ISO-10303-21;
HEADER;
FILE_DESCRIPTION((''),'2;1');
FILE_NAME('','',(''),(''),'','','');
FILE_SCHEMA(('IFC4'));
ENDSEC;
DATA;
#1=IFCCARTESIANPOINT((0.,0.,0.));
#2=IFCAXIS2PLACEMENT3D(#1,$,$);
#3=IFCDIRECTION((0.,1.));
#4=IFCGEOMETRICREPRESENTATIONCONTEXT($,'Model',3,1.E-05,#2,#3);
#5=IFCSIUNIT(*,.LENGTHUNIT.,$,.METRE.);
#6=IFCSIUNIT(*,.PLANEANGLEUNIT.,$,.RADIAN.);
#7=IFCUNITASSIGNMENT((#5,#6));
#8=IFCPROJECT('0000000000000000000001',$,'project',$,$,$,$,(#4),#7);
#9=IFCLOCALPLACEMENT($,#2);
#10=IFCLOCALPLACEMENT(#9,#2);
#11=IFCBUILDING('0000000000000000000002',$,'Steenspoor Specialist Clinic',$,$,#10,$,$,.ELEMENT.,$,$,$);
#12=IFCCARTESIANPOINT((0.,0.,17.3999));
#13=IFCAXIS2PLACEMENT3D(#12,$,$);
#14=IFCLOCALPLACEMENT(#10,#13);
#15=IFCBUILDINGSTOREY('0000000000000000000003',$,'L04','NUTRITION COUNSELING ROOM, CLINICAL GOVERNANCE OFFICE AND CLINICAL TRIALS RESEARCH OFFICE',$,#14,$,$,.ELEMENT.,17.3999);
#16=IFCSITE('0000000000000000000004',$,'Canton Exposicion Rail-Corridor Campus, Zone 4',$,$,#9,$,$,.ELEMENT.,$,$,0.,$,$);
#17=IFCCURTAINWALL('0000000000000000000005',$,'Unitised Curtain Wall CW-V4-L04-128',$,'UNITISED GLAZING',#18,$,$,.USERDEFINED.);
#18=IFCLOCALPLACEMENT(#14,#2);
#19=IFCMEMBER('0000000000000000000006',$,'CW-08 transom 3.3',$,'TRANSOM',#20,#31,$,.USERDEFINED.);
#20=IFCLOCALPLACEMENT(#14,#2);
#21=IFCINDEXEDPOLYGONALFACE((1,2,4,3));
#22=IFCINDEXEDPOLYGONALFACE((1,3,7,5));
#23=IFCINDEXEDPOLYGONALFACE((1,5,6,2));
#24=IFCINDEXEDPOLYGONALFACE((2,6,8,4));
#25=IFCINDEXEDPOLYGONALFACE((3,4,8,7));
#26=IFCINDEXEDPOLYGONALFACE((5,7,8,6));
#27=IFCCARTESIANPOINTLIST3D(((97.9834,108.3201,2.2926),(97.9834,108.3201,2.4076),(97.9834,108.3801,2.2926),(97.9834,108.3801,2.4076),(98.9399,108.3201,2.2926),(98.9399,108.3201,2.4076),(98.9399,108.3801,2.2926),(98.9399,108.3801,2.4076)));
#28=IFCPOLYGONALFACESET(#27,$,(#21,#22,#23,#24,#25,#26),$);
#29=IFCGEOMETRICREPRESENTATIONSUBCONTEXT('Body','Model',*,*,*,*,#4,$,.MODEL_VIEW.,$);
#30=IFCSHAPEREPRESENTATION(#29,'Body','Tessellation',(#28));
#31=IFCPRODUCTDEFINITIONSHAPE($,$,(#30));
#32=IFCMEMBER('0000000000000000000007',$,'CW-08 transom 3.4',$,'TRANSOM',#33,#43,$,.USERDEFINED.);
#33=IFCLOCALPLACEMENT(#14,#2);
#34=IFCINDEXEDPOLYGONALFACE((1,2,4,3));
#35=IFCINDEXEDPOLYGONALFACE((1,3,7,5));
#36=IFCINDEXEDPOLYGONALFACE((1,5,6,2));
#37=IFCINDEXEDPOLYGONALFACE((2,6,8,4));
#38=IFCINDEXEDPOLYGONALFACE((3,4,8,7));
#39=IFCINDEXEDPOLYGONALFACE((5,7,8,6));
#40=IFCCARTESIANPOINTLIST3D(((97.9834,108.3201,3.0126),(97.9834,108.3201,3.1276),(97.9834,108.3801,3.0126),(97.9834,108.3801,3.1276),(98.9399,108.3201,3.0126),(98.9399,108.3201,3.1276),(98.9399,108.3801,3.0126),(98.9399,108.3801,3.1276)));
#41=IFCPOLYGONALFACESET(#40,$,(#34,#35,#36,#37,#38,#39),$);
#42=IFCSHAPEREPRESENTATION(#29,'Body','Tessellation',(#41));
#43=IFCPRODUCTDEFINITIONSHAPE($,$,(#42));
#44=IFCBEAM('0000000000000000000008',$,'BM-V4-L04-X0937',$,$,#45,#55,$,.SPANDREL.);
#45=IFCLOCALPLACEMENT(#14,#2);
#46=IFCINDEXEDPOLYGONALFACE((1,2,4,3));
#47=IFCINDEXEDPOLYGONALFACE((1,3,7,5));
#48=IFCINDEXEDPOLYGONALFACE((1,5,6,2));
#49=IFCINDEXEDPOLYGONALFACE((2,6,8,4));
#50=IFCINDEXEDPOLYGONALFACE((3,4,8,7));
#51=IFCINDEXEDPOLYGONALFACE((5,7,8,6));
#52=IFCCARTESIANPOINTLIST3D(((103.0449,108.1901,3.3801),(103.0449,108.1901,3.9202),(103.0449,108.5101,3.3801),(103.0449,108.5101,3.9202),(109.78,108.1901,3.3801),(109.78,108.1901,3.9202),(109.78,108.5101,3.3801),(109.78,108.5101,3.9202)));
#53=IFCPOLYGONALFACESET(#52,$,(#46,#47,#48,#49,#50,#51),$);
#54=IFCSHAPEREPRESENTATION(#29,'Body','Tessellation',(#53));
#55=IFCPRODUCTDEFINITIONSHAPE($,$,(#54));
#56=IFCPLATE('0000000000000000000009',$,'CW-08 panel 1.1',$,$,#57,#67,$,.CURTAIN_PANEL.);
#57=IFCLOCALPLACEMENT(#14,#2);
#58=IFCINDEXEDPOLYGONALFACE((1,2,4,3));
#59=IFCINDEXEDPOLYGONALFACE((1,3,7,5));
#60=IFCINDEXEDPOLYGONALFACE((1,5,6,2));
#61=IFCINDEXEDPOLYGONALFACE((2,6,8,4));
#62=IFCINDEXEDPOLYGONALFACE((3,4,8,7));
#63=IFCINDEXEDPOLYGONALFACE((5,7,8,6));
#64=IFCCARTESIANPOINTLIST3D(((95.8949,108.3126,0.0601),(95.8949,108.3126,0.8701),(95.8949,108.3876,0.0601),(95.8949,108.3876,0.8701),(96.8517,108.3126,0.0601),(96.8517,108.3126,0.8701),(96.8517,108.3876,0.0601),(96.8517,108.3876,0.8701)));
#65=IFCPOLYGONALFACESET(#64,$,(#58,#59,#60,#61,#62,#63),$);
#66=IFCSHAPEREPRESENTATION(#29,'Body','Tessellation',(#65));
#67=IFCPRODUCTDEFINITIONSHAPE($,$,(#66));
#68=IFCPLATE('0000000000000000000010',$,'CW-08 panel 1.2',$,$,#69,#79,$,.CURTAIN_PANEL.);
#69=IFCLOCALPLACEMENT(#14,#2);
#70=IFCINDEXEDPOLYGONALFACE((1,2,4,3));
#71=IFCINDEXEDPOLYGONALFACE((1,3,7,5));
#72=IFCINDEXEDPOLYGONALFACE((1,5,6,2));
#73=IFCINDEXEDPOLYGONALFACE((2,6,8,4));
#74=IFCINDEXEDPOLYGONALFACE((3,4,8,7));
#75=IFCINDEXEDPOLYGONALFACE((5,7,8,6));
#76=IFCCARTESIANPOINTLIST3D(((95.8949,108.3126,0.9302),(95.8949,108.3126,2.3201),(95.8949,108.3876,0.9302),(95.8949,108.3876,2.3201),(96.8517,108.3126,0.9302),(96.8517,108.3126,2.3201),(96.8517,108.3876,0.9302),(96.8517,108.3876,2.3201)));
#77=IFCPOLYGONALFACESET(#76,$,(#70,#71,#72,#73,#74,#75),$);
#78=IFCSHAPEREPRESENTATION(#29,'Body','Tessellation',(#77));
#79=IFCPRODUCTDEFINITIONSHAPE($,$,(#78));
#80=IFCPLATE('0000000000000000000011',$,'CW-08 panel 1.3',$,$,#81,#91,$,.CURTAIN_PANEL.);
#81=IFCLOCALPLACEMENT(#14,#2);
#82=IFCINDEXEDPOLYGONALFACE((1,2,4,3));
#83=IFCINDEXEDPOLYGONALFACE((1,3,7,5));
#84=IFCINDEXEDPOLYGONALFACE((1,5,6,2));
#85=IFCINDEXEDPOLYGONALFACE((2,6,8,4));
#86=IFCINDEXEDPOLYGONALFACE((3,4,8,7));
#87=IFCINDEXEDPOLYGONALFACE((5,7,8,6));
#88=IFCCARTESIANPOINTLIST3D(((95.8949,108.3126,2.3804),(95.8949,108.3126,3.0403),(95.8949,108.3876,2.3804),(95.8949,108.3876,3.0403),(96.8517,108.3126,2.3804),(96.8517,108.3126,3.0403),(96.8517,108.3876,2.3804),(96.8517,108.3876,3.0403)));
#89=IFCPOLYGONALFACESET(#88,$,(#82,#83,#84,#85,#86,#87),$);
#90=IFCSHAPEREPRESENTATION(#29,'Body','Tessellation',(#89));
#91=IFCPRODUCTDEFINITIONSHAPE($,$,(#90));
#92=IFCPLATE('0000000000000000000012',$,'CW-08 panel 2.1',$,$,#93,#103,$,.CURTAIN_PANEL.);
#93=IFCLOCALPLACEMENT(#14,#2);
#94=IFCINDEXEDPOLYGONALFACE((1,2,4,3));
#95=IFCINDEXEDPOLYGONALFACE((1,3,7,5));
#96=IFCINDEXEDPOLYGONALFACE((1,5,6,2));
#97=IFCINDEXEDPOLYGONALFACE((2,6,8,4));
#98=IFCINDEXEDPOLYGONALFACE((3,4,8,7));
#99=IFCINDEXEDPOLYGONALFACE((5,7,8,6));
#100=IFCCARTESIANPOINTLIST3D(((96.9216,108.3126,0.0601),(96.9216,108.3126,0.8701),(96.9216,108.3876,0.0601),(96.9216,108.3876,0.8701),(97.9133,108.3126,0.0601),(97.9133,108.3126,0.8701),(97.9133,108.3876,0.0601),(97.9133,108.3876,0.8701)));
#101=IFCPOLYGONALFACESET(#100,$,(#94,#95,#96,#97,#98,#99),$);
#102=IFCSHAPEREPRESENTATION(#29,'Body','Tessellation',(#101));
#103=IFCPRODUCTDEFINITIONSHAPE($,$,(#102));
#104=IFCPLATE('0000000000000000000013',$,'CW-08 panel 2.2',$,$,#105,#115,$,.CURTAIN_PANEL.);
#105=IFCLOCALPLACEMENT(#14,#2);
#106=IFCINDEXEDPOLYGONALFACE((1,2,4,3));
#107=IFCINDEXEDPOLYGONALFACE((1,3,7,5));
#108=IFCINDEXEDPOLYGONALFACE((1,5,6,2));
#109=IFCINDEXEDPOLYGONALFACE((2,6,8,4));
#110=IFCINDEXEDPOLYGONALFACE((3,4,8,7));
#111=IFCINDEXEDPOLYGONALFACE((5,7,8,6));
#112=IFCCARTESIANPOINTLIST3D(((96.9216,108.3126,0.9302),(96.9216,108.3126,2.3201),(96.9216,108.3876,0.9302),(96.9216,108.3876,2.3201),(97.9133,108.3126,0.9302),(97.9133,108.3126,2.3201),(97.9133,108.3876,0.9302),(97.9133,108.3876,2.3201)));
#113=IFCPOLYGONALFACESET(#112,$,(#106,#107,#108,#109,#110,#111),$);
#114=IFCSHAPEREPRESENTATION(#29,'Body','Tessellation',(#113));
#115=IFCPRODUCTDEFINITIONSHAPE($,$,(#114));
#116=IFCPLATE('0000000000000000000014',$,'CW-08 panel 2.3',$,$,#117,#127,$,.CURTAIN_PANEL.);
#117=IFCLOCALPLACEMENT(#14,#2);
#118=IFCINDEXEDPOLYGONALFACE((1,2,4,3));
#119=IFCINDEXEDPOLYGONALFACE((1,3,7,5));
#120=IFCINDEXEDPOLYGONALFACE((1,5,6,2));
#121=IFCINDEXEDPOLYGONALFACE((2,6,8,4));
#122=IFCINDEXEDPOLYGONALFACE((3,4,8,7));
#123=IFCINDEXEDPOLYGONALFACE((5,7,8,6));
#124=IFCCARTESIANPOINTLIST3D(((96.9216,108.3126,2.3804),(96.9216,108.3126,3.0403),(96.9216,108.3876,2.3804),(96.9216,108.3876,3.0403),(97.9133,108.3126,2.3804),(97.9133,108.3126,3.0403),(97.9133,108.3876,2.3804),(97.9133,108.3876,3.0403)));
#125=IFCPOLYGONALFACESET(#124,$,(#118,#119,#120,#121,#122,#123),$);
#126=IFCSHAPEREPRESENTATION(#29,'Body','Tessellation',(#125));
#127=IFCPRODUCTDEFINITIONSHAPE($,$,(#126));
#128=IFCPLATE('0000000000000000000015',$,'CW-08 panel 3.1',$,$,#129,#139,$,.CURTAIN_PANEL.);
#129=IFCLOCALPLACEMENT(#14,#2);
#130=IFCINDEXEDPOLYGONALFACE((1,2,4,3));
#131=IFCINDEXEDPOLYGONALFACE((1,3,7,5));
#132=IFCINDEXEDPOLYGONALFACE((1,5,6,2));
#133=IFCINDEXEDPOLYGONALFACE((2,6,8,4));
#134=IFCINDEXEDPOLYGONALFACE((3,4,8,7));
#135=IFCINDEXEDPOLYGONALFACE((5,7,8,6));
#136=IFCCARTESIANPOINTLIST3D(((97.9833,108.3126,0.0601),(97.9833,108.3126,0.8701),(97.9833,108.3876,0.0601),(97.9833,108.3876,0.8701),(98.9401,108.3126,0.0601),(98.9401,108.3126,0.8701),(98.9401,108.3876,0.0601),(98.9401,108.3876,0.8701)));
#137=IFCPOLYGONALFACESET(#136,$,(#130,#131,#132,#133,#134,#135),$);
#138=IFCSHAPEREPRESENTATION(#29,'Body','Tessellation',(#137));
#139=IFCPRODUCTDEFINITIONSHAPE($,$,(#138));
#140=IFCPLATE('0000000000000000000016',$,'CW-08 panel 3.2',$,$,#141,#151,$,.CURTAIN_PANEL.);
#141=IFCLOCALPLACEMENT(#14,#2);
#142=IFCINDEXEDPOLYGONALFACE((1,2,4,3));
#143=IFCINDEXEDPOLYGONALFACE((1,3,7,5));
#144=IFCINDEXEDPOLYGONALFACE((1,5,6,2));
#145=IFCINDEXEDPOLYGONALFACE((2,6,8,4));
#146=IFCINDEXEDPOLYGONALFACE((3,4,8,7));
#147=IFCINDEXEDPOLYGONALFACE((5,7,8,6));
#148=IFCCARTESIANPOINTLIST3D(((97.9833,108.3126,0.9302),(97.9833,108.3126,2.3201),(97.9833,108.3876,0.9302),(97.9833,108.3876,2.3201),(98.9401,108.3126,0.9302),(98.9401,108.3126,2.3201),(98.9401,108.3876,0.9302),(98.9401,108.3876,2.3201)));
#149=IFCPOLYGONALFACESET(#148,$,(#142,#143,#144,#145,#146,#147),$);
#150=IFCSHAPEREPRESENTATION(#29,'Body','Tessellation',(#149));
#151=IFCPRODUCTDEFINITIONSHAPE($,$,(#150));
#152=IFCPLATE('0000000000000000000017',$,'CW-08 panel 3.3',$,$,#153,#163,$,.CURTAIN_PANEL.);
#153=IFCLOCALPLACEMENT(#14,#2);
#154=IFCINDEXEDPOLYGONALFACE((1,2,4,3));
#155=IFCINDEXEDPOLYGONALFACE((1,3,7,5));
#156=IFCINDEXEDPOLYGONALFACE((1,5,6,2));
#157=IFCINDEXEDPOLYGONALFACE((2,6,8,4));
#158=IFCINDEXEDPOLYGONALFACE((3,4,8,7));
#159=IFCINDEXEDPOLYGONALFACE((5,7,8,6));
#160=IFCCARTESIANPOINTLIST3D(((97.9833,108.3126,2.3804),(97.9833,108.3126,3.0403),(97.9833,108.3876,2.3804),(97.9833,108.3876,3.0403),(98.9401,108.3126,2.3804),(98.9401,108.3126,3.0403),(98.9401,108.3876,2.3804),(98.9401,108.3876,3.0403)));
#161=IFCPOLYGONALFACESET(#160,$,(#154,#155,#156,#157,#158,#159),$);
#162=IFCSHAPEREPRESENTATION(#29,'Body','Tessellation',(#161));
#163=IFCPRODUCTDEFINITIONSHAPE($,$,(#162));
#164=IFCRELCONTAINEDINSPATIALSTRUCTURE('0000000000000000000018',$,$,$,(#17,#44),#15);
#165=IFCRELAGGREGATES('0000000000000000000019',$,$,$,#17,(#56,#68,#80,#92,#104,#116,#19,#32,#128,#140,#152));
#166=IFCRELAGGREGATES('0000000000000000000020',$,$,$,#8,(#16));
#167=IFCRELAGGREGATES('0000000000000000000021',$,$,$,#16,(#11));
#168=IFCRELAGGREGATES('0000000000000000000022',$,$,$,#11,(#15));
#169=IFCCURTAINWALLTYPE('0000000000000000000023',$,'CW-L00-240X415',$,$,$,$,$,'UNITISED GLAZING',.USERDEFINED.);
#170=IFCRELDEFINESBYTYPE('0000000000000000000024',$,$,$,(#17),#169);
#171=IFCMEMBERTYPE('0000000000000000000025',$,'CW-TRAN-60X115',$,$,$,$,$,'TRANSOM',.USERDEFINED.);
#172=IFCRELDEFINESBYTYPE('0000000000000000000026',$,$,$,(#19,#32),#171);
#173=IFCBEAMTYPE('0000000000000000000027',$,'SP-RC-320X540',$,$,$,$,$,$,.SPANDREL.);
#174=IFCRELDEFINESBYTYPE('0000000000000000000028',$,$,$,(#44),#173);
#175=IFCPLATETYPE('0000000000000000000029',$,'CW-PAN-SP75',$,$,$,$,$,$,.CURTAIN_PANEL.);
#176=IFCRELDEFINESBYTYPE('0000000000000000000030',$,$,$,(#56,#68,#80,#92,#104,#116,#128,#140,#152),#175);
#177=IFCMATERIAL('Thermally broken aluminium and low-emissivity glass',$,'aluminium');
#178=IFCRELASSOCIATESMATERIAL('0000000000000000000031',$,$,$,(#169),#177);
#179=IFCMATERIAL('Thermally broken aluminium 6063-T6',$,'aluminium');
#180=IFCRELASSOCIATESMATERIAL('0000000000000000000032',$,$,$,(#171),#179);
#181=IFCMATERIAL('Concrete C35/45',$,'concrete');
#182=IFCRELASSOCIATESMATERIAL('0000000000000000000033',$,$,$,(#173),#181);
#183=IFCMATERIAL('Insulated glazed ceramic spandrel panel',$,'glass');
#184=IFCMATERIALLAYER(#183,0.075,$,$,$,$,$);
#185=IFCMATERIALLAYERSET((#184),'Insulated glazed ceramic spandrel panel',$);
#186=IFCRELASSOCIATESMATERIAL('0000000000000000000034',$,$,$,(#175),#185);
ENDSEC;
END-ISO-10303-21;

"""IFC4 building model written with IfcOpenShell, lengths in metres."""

from ifc_helpers import new_model, si_unit, direction, frame, origin, origin_2d, place, context, subcontext, project, spatial, rectangle, extrude, material, layer, layer_set, material_profile, profile_set, type_object, element, aggregate, save


model = new_model("IFC4")

# Units and contexts
model_context = context("Model", 3, precision=1e-05, world=origin(), true_north=direction((0.0, 1.0)))
body_context = subcontext(model_context, "Body", "Model", "MODEL_VIEW")
ifc_project = project(units=[si_unit("LENGTHUNIT", "METRE"), si_unit("PLANEANGLEUNIT", "RADIAN")], contexts=[model_context])

# Site, building, storey
site_placement = place(None, origin())
site = spatial("IfcSite", under=ifc_project, at=site_placement, Name="Canton Exposicion Rail-Corridor Campus, Zone 4", CompositionType="ELEMENT", RefElevation=0.0)
building_placement = place(site_placement, origin())
building = spatial("IfcBuilding", under=site, at=building_placement, Name="Steenspoor Specialist Clinic", CompositionType="ELEMENT")
storey_placement = place(building_placement, frame((0.0, 0.0, 17.3999)))
storey = spatial("IfcBuildingStorey", under=building, at=storey_placement, Name="L04", Description="NUTRITION COUNSELING ROOM, CLINICAL GOVERNANCE OFFICE AND CLINICAL TRIALS RESEARCH OFFICE", CompositionType="ELEMENT", Elevation=17.3999)

# Curtain wall, members
ifc_material_1 = material(Name="Thermally broken aluminium and low-emissivity glass", Category="aluminium")
curtain_wall_type = type_object("IfcCurtainWallType", Name="CW-L00-240X415", ElementType="UNITISED GLAZING", PredefinedType="USERDEFINED", material=ifc_material_1)
curtain_wall_placement = place(storey_placement, origin())
curtain_wall = element("IfcCurtainWall", 1, at=curtain_wall_placement, inside=storey, type_object=curtain_wall_type, Name="Unitised Curtain Wall CW-V4-L04-128", ObjectType="UNITISED GLAZING", PredefinedType="USERDEFINED")
ifc_material_2 = material(Name="Thermally broken aluminium 6063-T6", Category="aluminium")
ifc_material_profile_1 = material_profile(ifc_material_2, rectangle(XDim=0.0601, YDim=0.115, at=origin_2d()), Name="CWT-60X115")
ifc_profile_set_1 = profile_set([ifc_material_profile_1], Name="Thermally broken aluminium 6063-T6")
member_type_1 = type_object("IfcMemberType", Name="CW-TRAN-60X115", ElementType="TRANSOM", PredefinedType="USERDEFINED", material=ifc_profile_set_1)
member_1_placement = place(storey_placement, frame((97.9834, 108.3501, 2.3501), z_axis=(1.0, 0.0, 0.0), x_axis=(0.0, 1.0, 0.0)))
member_1 = element("IfcMember", 2, at=member_1_placement, type_object=member_type_1, Name="CW-08 transom 3.3", ObjectType="TRANSOM", PredefinedType="USERDEFINED", context=body_context, shape_type="SweptSolid", body=[
    extrude(rectangle(XDim=0.0601, YDim=0.115, at=origin_2d()), origin(), (0.0, 0.0, 1.0), 0.9565),
])
member_2_placement = place(storey_placement, frame((97.9834, 108.3501, 3.0701), z_axis=(1.0, 0.0, 0.0), x_axis=(0.0, 1.0, 0.0)))
member_2 = element("IfcMember", 3, at=member_2_placement, type_object=member_type_1, Name="CW-08 transom 3.4", ObjectType="TRANSOM", PredefinedType="USERDEFINED", context=body_context, shape_type="SweptSolid", body=[
    extrude(rectangle(XDim=0.0601, YDim=0.115, at=origin_2d()), origin(), (0.0, 0.0, 1.0), 0.9565),
])

# Beam
ifc_material_3 = material(Name="Concrete C35/45", Category="concrete")
ifc_material_profile_2 = material_profile(ifc_material_3, rectangle(XDim=0.3201, YDim=0.54, at=origin_2d()), Name="RC-SP-320X540")
ifc_profile_set_2 = profile_set([ifc_material_profile_2], Name="Concrete C35/45")
beam_type = type_object("IfcBeamType", Name="SP-RC-320X540", PredefinedType="SPANDREL", material=ifc_profile_set_2)
beam_placement = place(storey_placement, frame((103.0449, 108.3501, 3.6501), z_axis=(1.0, 0.0, 0.0), x_axis=(0.0, 1.0, 0.0)))
element("IfcBeam", 4, at=beam_placement, inside=storey, type_object=beam_type, Name="BM-V4-L04-X0937", PredefinedType="SPANDREL", context=body_context, shape_type="SweptSolid", body=[
    extrude(rectangle(XDim=0.3201, YDim=0.54, at=origin_2d()), origin(), (0.0, 0.0, 1.0), 6.7351),
])

# Plates
ifc_material_4 = material(Name="Insulated glazed ceramic spandrel panel", Category="glass")
ifc_layer_1 = layer(ifc_material_4, 0.075)
ifc_layer_set_1 = layer_set([ifc_layer_1], Name="Insulated glazed ceramic spandrel panel")
plate_type = type_object("IfcPlateType", Name="CW-PAN-SP75", PredefinedType="CURTAIN_PANEL", material=ifc_layer_set_1)
plate_1_placement = place(storey_placement, frame((96.3733, 108.3501, 0.0601), z_axis=(0.0, 0.0, 1.0), x_axis=(1.0, 0.0, 0.0)))
plate_1 = element("IfcPlate", 5, at=plate_1_placement, type_object=plate_type, Name="CW-08 panel 1.1", PredefinedType="CURTAIN_PANEL", context=body_context, shape_type="SweptSolid", body=[
    extrude(rectangle(XDim=0.9568, YDim=0.075, at=origin_2d()), origin(), (0.0, 0.0, 1.0), 0.8101),
])
plate_2_placement = place(storey_placement, frame((96.3733, 108.3501, 0.9302), z_axis=(0.0, 0.0, 1.0), x_axis=(1.0, 0.0, 0.0)))
plate_2 = element("IfcPlate", 6, at=plate_2_placement, type_object=plate_type, Name="CW-08 panel 1.2", PredefinedType="CURTAIN_PANEL", context=body_context, shape_type="SweptSolid", body=[
    extrude(rectangle(XDim=0.9568, YDim=0.075, at=origin_2d()), origin(), (0.0, 0.0, 1.0), 1.3899),
])
plate_3_placement = place(storey_placement, frame((96.3733, 108.3501, 2.3804), z_axis=(0.0, 0.0, 1.0), x_axis=(1.0, 0.0, 0.0)))
plate_3 = element("IfcPlate", 7, at=plate_3_placement, type_object=plate_type, Name="CW-08 panel 1.3", PredefinedType="CURTAIN_PANEL", context=body_context, shape_type="SweptSolid", body=[
    extrude(rectangle(XDim=0.9568, YDim=0.075, at=origin_2d()), origin(), (0.0, 0.0, 1.0), 0.6599),
])
plate_4_placement = place(storey_placement, frame((97.4175, 108.3501, 0.0601), z_axis=(0.0, 0.0, 1.0), x_axis=(1.0, 0.0, 0.0)))
plate_4 = element("IfcPlate", 8, at=plate_4_placement, type_object=plate_type, Name="CW-08 panel 2.1", PredefinedType="CURTAIN_PANEL", context=body_context, shape_type="SweptSolid", body=[
    extrude(rectangle(XDim=0.9917, YDim=0.075, at=origin_2d()), origin(), (0.0, 0.0, 1.0), 0.8101),
])
plate_5_placement = place(storey_placement, frame((97.4175, 108.3501, 0.9302), z_axis=(0.0, 0.0, 1.0), x_axis=(1.0, 0.0, 0.0)))
plate_5 = element("IfcPlate", 9, at=plate_5_placement, type_object=plate_type, Name="CW-08 panel 2.2", PredefinedType="CURTAIN_PANEL", context=body_context, shape_type="SweptSolid", body=[
    extrude(rectangle(XDim=0.9917, YDim=0.075, at=origin_2d()), origin(), (0.0, 0.0, 1.0), 1.3899),
])
plate_6_placement = place(storey_placement, frame((97.4175, 108.3501, 2.3804), z_axis=(0.0, 0.0, 1.0), x_axis=(1.0, 0.0, 0.0)))
plate_6 = element("IfcPlate", 10, at=plate_6_placement, type_object=plate_type, Name="CW-08 panel 2.3", PredefinedType="CURTAIN_PANEL", context=body_context, shape_type="SweptSolid", body=[
    extrude(rectangle(XDim=0.9917, YDim=0.075, at=origin_2d()), origin(), (0.0, 0.0, 1.0), 0.6599),
])
plate_7_placement = place(storey_placement, frame((98.4617, 108.3501, 0.0601), z_axis=(0.0, 0.0, 1.0), x_axis=(1.0, 0.0, 0.0)))
plate_7 = element("IfcPlate", 11, at=plate_7_placement, type_object=plate_type, Name="CW-08 panel 3.1", PredefinedType="CURTAIN_PANEL", context=body_context, shape_type="SweptSolid", body=[
    extrude(rectangle(XDim=0.9568, YDim=0.075, at=origin_2d()), origin(), (0.0, 0.0, 1.0), 0.8101),
])
plate_8_placement = place(storey_placement, frame((98.4617, 108.3501, 0.9302), z_axis=(0.0, 0.0, 1.0), x_axis=(1.0, 0.0, 0.0)))
plate_8 = element("IfcPlate", 12, at=plate_8_placement, type_object=plate_type, Name="CW-08 panel 3.2", PredefinedType="CURTAIN_PANEL", context=body_context, shape_type="SweptSolid", body=[
    extrude(rectangle(XDim=0.9568, YDim=0.075, at=origin_2d()), origin(), (0.0, 0.0, 1.0), 1.3899),
])
plate_9_placement = place(storey_placement, frame((98.4617, 108.3501, 2.3804), z_axis=(0.0, 0.0, 1.0), x_axis=(1.0, 0.0, 0.0)))
plate_9 = element("IfcPlate", 13, at=plate_9_placement, type_object=plate_type, Name="CW-08 panel 3.3", PredefinedType="CURTAIN_PANEL", context=body_context, shape_type="SweptSolid", body=[
    extrude(rectangle(XDim=0.9568, YDim=0.075, at=origin_2d()), origin(), (0.0, 0.0, 1.0), 0.6599),
])
aggregate(curtain_wall, [plate_1, plate_2, plate_3, plate_4, plate_5, plate_6, member_1, member_2, plate_7, plate_8, plate_9])

save(model, "model.ifc")
